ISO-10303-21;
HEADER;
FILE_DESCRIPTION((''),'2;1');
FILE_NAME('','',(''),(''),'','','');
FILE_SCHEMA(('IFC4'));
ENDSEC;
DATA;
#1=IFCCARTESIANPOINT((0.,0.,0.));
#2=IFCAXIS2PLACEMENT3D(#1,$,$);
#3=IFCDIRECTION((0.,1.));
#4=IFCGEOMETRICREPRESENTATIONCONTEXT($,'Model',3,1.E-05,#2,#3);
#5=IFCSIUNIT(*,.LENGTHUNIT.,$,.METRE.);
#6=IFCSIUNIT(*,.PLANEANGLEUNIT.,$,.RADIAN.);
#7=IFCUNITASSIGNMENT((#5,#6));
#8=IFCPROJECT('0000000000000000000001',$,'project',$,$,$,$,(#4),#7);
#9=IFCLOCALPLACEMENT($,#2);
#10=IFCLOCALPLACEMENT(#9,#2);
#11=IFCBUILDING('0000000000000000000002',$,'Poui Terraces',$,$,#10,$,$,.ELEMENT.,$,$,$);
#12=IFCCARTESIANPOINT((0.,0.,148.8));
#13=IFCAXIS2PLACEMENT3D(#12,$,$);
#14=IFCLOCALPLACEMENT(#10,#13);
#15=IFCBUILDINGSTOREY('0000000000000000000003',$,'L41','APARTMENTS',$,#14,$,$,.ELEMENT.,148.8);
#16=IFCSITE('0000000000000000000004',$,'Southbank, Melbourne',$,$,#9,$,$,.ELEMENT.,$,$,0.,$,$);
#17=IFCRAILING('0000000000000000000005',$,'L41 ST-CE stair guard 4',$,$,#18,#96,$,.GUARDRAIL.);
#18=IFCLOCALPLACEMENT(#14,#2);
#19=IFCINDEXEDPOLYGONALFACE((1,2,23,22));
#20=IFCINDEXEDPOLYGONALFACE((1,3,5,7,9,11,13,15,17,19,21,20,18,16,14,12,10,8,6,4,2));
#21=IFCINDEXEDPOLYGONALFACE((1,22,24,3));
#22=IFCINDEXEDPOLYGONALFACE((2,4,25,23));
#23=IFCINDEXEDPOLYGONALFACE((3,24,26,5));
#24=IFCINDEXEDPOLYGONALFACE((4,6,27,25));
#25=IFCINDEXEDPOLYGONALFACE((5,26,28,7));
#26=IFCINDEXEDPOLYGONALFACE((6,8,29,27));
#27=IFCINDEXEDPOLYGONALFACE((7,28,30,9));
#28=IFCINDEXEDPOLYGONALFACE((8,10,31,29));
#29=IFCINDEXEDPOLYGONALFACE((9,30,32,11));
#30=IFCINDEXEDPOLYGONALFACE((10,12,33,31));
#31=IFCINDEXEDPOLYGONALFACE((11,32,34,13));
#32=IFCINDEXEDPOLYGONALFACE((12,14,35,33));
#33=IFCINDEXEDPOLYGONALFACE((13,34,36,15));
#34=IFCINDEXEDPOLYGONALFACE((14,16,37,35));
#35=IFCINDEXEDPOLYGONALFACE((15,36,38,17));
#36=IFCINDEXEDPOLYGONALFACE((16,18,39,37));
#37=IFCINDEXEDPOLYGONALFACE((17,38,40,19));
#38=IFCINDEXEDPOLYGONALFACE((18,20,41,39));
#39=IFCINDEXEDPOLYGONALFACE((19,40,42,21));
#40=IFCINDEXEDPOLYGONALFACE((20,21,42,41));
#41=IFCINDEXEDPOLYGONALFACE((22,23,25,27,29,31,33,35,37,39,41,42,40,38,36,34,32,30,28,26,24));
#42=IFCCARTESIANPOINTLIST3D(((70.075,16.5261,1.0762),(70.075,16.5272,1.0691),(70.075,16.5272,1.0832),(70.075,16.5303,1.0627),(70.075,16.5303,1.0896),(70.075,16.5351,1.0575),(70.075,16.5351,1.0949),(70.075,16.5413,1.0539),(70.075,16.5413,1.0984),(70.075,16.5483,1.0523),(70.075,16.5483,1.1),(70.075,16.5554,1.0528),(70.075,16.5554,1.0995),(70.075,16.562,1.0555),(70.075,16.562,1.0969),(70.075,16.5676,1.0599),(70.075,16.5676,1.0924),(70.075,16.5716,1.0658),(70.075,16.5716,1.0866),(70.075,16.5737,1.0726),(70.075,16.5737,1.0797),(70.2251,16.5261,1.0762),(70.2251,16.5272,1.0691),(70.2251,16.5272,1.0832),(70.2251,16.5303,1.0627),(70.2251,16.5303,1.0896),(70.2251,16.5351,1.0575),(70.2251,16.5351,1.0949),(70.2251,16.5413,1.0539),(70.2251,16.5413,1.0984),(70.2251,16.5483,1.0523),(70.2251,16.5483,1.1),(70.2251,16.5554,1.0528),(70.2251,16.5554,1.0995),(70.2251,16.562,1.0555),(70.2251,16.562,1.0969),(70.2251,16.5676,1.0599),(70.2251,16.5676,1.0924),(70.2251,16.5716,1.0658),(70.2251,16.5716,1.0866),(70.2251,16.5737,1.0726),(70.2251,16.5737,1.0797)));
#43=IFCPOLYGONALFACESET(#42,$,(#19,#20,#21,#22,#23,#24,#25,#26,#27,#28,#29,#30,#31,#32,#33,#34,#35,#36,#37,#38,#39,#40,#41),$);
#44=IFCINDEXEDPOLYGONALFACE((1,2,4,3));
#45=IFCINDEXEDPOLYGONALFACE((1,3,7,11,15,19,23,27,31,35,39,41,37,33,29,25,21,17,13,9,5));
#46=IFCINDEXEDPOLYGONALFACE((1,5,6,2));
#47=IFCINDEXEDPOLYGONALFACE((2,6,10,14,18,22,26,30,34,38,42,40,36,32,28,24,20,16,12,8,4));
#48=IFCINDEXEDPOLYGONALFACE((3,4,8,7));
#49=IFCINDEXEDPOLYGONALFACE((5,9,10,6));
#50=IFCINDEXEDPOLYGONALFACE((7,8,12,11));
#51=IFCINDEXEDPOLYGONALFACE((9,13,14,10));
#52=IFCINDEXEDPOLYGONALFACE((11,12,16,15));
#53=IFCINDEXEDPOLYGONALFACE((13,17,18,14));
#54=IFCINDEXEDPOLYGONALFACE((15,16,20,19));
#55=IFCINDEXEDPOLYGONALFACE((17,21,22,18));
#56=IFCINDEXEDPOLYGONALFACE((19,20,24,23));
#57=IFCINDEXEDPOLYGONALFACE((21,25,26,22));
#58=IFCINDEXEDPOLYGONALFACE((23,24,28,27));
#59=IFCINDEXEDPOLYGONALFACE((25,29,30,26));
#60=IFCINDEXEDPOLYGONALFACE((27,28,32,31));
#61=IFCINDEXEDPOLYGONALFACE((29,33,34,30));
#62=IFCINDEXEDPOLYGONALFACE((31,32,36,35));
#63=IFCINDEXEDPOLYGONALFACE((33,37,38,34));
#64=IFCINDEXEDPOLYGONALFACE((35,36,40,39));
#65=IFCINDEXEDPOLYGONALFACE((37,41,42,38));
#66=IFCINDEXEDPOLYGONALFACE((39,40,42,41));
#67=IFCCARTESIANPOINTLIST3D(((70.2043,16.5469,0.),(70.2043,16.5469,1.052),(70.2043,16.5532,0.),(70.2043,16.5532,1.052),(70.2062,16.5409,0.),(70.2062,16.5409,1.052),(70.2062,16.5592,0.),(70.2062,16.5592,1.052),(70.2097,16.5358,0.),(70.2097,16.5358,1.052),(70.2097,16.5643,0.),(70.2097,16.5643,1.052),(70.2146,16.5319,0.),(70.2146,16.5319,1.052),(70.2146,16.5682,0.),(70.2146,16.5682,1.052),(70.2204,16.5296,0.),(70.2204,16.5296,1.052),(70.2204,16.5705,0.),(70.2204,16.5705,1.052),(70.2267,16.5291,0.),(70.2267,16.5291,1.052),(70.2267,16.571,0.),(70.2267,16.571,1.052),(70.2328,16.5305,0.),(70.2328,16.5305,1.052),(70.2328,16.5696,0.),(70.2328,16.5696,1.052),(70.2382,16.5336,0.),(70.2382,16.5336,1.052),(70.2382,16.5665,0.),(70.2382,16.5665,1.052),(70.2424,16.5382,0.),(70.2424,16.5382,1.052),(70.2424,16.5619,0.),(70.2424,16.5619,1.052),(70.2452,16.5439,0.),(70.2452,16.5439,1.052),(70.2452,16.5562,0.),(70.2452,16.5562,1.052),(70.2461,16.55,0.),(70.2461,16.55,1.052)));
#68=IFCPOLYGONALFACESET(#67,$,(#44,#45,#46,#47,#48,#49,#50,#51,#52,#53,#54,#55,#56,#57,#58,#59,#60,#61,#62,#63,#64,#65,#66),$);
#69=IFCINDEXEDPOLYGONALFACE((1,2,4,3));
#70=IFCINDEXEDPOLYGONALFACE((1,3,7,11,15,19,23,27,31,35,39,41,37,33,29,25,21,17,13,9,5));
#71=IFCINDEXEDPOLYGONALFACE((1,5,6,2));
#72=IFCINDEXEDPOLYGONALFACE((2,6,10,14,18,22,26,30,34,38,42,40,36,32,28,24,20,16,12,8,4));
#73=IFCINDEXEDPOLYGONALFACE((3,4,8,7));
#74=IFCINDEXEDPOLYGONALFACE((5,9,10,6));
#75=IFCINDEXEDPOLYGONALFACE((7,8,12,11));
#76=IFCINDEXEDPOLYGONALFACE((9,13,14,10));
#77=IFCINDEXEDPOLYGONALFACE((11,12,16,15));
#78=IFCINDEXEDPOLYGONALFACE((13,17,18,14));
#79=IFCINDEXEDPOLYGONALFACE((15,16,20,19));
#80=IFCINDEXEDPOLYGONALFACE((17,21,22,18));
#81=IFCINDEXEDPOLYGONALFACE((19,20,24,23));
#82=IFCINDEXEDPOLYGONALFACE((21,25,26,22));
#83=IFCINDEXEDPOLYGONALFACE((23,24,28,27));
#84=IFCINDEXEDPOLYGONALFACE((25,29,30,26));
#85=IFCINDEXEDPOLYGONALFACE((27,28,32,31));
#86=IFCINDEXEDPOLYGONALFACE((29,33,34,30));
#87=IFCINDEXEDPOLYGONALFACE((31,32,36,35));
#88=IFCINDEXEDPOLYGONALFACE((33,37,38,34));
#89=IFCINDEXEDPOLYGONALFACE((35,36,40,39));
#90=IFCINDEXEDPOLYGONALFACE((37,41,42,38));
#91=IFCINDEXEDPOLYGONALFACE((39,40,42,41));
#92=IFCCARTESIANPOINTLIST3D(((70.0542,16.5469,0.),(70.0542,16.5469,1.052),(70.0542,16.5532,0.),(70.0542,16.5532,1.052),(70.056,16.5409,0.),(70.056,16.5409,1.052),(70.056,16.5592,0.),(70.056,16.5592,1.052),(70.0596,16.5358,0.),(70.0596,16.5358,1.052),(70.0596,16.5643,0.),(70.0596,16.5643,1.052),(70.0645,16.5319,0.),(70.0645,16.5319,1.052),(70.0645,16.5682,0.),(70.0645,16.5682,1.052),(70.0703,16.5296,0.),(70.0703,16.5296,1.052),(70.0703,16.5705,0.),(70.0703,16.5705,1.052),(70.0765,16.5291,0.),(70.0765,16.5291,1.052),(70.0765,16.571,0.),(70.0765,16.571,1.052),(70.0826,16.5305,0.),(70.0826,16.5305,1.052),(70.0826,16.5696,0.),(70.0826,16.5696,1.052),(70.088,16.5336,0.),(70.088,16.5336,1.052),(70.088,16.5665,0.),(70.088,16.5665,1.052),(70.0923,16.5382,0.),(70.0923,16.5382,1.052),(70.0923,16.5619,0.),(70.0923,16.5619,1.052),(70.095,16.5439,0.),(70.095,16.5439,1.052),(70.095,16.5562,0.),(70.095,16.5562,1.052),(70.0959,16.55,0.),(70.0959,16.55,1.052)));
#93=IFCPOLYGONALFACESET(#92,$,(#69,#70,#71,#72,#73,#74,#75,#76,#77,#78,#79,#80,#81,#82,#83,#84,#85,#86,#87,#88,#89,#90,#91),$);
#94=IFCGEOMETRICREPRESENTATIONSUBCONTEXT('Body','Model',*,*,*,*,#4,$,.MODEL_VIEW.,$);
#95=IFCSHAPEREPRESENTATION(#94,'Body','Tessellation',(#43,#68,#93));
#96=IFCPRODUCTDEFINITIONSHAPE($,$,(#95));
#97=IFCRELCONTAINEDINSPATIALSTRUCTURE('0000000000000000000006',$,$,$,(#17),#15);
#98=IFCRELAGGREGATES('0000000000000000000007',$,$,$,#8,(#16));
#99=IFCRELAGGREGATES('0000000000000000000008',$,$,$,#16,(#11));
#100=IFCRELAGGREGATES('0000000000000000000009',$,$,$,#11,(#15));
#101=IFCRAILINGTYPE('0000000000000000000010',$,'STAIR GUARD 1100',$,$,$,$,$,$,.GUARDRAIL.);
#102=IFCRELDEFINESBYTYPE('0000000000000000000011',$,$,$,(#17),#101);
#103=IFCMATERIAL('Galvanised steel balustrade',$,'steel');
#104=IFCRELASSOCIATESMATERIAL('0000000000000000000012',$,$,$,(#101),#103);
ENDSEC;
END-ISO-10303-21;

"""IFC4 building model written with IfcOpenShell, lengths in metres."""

from ifc_helpers import new_model, si_unit, direction, frame, origin, origin_2d, place, context, subcontext, project, spatial, circle, extrude, material, type_object, element, save


model = new_model("IFC4")

# Units and contexts
model_context = context("Model", 3, precision=1e-05, world=origin(), true_north=direction((0.0, 1.0)))
body_context = subcontext(model_context, "Body", "Model", "MODEL_VIEW")
ifc_project = project(units=[si_unit("LENGTHUNIT", "METRE"), si_unit("PLANEANGLEUNIT", "RADIAN")], contexts=[model_context])

# Site, building, storey
site_placement = place(None, origin())
site = spatial("IfcSite", under=ifc_project, at=site_placement, Name="Southbank, Melbourne", CompositionType="ELEMENT", RefElevation=0.0)
building_placement = place(site_placement, origin())
building = spatial("IfcBuilding", under=site, at=building_placement, Name="Poui Terraces", CompositionType="ELEMENT")
storey_placement = place(building_placement, frame((0.0, 0.0, 148.8)))
storey = spatial("IfcBuildingStorey", under=building, at=storey_placement, Name="L41", Description="APARTMENTS", CompositionType="ELEMENT", Elevation=148.8)

# Railing
ifc_material_1 = material(Name="Galvanised steel balustrade", Category="steel")
railing_type_1 = type_object("IfcRailingType", Name="STAIR GUARD 1100", PredefinedType="GUARDRAIL", material=ifc_material_1)
railing_1_placement = place(storey_placement, frame((70.2251, 16.55, 0.0)))
element("IfcRailing", 1, at=railing_1_placement, inside=storey, type_object=railing_type_1, Name="L41 ST-CE stair guard 4", PredefinedType="GUARDRAIL", context=body_context, shape_type="SweptSolid", body=[
    extrude(circle(Radius=0.0239, at=origin_2d()), frame((0.0, 0.0, 1.0762), z_axis=(-1.0, 0.0, 0.0), x_axis=(0.0, -1.0, 0.0)), (0.0, 0.0, 1.0), 0.1501),
    extrude(circle(Radius=0.021, at=origin_2d()), origin(), (0.0, 0.0, 1.0), 1.052),
    extrude(circle(Radius=0.021, at=origin_2d()), frame((-0.1501, 0.0, 0.0)), (0.0, 0.0, 1.0), 1.052),
])

save(model, "model.ifc")
